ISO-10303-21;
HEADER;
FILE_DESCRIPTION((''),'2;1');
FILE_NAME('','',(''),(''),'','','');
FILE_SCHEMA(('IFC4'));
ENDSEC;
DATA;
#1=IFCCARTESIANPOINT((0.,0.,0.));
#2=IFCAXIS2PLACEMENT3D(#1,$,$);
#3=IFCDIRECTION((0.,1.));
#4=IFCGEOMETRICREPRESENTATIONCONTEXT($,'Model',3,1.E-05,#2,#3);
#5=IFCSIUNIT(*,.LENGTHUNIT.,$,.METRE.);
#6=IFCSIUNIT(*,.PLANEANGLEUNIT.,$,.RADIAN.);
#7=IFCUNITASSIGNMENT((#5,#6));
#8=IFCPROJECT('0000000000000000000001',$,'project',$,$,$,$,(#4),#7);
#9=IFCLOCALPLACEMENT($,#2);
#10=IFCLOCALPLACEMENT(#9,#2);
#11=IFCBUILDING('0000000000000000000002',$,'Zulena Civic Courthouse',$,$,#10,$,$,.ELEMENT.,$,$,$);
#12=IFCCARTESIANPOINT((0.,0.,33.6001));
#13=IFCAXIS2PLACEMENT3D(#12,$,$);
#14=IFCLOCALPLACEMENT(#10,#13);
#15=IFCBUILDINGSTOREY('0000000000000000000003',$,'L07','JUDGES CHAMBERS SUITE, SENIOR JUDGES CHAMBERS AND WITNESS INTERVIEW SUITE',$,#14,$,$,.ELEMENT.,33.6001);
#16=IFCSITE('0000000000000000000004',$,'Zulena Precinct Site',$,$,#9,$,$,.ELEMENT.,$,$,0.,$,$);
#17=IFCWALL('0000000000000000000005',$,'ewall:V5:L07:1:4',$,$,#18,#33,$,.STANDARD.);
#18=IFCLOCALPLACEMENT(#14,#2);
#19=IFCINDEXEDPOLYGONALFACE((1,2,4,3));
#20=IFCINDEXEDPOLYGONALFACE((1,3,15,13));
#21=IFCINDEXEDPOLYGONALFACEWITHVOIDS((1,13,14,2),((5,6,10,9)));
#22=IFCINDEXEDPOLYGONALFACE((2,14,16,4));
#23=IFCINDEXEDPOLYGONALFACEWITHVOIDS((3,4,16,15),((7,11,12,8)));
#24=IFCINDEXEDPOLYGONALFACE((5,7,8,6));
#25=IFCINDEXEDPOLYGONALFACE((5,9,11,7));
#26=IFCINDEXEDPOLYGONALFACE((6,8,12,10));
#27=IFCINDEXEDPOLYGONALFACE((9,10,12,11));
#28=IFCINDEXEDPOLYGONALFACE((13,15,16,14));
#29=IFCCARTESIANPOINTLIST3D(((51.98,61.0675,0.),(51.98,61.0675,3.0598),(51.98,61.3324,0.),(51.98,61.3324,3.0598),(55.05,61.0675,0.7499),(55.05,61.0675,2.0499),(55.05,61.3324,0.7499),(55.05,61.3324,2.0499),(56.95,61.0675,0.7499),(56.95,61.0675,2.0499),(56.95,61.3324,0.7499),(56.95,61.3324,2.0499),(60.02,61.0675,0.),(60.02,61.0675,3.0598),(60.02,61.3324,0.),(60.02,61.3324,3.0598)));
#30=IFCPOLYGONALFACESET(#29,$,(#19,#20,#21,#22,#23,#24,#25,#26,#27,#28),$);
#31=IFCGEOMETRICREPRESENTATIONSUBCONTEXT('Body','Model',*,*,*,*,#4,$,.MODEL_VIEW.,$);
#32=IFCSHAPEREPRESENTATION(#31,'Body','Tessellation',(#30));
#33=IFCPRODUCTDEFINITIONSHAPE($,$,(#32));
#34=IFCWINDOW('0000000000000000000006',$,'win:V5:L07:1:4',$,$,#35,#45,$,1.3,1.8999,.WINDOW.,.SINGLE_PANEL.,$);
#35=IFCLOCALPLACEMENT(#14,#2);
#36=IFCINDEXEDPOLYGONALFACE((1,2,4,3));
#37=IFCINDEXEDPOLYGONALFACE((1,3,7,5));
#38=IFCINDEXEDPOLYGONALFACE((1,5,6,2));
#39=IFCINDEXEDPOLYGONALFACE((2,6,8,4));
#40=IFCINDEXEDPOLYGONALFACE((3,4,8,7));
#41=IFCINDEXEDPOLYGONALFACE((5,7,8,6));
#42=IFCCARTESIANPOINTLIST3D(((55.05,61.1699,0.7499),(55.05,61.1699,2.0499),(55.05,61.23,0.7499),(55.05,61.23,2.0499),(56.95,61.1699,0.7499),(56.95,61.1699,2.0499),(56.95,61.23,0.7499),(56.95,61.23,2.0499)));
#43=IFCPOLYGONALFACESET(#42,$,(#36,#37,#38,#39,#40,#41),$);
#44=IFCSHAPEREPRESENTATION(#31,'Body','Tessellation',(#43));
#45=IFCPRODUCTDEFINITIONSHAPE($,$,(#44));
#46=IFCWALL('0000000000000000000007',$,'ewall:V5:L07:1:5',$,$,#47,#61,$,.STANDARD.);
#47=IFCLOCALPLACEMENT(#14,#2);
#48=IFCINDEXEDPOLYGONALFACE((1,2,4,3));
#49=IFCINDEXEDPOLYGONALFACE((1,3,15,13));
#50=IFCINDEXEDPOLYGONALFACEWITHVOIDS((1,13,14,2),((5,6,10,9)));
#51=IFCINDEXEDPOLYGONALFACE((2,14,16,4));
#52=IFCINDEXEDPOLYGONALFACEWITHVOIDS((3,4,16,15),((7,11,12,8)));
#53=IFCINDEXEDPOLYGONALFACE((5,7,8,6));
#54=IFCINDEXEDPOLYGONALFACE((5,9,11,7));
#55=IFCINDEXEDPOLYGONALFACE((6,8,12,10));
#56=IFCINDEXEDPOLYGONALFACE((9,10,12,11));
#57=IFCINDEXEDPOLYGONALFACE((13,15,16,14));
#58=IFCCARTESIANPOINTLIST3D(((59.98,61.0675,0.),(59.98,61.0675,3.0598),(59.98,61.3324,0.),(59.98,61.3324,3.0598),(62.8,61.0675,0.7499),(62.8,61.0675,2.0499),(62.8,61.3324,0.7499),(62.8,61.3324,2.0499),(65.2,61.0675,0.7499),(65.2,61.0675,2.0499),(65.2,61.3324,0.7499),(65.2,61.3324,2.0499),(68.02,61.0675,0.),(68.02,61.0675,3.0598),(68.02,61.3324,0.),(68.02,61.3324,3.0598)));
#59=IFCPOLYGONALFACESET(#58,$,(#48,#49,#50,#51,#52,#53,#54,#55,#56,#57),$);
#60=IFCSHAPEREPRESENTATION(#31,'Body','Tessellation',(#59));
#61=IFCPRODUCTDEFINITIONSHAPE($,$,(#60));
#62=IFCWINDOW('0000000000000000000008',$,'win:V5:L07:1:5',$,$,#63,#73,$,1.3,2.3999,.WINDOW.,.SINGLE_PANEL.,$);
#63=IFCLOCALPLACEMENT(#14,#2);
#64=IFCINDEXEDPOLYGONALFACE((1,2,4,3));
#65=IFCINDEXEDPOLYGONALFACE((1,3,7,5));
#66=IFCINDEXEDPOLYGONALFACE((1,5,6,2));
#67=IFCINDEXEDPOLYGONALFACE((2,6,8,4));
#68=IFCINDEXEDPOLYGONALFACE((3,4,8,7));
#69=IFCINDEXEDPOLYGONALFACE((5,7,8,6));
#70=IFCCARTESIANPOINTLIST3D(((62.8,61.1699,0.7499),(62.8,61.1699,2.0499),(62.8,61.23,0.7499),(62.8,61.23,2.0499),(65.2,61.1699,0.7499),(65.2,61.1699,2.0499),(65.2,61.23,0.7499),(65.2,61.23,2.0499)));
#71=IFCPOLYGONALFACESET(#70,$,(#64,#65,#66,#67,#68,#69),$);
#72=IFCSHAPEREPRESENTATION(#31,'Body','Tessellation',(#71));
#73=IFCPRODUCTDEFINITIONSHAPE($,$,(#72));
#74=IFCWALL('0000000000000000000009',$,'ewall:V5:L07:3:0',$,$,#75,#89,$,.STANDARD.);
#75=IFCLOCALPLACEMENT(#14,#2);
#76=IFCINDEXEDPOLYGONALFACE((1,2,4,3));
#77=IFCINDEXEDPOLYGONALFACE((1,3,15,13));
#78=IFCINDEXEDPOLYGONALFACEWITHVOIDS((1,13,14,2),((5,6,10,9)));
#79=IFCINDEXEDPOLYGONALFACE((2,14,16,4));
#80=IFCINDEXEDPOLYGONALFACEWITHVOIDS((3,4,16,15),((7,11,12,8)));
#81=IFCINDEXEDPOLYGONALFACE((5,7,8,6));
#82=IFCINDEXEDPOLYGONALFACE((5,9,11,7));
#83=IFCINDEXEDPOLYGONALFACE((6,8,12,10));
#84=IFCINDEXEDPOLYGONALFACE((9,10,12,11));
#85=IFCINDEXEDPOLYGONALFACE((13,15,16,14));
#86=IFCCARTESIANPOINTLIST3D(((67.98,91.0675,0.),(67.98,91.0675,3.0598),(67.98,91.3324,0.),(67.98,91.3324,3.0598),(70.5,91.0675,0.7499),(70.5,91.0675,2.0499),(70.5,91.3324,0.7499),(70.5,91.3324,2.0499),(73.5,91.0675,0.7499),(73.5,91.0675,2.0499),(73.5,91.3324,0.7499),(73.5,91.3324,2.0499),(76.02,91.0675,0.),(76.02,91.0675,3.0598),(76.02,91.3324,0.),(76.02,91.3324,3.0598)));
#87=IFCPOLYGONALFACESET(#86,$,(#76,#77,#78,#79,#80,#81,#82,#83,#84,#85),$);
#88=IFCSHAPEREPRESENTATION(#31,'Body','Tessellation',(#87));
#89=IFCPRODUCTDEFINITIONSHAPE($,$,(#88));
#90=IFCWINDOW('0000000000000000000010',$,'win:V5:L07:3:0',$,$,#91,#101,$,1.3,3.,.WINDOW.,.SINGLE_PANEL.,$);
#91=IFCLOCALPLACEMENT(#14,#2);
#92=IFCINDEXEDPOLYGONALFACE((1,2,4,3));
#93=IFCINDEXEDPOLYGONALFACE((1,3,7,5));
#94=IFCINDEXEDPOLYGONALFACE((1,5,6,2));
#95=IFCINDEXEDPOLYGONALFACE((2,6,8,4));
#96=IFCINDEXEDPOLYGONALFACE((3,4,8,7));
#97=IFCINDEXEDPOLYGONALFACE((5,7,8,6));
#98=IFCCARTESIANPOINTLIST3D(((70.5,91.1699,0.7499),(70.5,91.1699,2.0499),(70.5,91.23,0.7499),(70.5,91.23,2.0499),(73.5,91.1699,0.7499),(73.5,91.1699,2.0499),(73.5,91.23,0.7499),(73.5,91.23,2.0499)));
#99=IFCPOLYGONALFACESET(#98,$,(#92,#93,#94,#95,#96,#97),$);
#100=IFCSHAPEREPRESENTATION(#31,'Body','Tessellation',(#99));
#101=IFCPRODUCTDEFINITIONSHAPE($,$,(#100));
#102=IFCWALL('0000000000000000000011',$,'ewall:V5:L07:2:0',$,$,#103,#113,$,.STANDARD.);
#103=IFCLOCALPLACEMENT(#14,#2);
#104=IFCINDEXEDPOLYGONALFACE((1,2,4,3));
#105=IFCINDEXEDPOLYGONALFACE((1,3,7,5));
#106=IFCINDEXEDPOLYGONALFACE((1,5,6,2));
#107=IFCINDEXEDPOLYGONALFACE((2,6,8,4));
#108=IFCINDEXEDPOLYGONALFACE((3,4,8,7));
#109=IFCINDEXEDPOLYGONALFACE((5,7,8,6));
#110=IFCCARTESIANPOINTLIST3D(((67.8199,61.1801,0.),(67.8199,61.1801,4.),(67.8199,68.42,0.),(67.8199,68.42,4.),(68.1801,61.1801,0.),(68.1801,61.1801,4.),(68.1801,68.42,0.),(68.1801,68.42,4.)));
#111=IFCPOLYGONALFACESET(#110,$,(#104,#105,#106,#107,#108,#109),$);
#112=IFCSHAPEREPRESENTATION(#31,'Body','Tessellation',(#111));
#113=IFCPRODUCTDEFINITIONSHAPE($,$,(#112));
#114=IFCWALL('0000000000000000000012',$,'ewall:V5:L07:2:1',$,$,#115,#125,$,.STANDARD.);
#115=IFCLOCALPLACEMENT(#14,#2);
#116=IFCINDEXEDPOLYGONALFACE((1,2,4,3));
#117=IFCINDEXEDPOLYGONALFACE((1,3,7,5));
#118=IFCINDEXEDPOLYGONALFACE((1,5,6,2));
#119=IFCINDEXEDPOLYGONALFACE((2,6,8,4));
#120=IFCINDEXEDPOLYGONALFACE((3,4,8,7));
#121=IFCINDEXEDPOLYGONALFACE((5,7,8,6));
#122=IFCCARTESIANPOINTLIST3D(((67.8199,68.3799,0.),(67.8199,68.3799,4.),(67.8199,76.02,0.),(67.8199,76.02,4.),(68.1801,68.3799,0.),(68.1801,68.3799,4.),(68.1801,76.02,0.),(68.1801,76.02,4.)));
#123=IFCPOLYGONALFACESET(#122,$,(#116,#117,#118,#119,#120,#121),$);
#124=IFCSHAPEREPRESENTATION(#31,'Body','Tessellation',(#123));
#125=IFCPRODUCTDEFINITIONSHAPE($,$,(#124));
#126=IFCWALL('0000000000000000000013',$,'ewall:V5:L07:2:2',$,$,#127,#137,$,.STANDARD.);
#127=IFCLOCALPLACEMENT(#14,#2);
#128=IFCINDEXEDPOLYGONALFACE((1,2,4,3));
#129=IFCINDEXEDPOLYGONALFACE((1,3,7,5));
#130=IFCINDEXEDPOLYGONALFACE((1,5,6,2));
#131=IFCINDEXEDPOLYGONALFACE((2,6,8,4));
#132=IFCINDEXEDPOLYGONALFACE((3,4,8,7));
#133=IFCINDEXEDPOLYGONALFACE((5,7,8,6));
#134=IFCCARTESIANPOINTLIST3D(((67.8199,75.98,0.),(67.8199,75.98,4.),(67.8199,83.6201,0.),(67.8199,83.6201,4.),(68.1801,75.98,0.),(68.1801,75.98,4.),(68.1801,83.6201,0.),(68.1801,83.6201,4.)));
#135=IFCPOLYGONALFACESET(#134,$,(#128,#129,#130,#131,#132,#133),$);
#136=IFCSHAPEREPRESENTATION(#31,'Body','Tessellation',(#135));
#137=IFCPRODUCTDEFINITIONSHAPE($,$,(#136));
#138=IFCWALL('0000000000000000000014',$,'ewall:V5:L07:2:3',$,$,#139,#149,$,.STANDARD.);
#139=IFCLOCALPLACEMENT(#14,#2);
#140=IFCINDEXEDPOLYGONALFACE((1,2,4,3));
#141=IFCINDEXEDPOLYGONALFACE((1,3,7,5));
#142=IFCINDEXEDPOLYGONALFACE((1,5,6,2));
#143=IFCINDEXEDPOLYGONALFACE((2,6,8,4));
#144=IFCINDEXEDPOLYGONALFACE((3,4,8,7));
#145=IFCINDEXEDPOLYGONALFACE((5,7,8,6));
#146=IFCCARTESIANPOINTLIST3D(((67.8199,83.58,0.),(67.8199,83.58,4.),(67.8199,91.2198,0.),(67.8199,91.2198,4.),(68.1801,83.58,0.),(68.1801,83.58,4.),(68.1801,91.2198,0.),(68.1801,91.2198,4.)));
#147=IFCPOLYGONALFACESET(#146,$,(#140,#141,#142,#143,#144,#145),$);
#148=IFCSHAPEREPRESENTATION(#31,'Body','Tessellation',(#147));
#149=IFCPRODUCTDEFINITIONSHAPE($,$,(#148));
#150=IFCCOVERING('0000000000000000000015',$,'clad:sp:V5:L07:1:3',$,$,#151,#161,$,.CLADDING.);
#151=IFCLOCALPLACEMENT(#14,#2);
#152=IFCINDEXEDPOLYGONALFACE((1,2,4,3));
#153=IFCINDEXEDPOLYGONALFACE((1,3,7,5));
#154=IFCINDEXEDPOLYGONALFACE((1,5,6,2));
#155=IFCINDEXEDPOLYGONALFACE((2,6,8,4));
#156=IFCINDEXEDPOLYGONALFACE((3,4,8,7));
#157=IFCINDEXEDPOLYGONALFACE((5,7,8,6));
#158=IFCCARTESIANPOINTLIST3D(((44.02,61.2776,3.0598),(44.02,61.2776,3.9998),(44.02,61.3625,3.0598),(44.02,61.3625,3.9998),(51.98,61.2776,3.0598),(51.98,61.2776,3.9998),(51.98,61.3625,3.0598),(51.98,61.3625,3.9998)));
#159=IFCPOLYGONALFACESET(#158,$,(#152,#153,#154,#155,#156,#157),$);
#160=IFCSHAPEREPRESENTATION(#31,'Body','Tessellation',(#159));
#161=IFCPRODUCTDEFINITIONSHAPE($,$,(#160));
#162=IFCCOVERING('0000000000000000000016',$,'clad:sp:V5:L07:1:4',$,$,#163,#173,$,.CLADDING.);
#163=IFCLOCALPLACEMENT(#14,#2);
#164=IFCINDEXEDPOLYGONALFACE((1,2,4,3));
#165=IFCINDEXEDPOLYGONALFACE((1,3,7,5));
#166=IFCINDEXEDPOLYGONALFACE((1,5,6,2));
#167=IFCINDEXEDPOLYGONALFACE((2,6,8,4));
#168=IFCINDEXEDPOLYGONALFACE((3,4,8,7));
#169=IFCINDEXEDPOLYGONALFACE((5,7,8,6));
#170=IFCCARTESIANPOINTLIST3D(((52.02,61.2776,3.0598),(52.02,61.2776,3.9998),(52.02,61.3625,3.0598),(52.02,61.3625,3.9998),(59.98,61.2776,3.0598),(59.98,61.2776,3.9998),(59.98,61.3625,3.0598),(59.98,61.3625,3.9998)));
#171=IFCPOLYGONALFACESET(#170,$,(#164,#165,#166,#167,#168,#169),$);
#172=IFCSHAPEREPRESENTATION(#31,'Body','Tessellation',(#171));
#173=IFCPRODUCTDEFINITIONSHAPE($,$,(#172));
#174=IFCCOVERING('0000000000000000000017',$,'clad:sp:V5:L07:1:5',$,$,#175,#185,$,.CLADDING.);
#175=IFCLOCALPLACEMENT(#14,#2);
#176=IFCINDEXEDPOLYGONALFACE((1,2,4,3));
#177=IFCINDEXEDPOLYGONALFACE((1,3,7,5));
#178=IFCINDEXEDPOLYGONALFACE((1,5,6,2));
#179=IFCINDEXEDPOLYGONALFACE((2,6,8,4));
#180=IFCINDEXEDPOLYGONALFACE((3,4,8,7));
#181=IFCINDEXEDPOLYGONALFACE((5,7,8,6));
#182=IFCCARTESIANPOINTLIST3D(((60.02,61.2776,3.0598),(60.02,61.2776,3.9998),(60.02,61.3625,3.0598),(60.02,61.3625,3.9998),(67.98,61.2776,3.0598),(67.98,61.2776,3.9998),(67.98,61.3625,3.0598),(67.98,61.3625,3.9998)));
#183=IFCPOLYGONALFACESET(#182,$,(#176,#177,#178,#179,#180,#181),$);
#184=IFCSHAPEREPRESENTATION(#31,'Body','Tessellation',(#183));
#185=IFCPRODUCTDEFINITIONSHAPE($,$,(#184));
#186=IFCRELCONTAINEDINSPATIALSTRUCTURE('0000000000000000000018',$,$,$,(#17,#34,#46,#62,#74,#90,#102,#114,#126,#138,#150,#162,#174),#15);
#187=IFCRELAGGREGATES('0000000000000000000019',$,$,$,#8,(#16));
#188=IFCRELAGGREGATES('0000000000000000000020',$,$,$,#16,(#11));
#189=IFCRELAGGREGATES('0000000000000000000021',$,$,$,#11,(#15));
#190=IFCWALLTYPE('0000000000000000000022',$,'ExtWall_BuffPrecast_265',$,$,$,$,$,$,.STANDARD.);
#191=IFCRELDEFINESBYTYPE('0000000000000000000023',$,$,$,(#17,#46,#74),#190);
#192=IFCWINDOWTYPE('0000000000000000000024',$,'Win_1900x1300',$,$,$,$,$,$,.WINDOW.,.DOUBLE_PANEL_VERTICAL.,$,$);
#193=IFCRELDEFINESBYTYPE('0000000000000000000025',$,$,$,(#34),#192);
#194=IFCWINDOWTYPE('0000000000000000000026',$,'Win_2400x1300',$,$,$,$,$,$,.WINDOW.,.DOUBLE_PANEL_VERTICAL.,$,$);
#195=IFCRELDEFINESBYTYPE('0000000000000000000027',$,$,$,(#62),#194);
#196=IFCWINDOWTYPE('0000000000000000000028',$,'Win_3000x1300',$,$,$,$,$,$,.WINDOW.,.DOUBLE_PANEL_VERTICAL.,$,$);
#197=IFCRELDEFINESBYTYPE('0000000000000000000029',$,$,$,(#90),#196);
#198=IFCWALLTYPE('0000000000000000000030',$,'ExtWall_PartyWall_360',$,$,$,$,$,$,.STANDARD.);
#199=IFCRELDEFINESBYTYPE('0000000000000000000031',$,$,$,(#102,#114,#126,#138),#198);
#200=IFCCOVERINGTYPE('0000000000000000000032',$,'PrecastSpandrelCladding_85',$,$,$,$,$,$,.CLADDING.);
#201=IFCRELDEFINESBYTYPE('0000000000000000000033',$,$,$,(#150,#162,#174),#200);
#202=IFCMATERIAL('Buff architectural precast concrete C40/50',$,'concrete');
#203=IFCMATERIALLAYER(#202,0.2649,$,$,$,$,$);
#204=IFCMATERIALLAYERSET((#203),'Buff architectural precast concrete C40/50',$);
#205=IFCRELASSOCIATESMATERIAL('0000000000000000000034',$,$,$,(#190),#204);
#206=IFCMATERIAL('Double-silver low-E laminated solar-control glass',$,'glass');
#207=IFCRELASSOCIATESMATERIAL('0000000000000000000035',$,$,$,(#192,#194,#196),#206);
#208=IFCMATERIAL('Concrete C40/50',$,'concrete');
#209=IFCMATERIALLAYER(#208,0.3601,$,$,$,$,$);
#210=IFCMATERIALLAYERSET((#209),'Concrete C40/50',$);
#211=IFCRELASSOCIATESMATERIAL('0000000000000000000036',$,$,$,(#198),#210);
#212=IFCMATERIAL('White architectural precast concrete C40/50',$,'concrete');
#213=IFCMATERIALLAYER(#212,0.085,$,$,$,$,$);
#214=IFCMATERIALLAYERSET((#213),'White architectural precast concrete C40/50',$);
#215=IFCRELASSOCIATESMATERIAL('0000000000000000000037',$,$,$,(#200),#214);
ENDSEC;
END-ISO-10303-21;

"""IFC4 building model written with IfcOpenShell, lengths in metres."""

from ifc_helpers import new_model, si_unit, direction, frame, frame_2d, origin, origin_2d, place, context, subcontext, project, spatial, rectangle, extrude, material, layer, layer_set, type_object, element, fill, save


model = new_model("IFC4")

# Units and contexts
model_context = context("Model", 3, precision=1e-05, world=origin(), true_north=direction((0.0, 1.0)))
body_context = subcontext(model_context, "Body", "Model", "MODEL_VIEW")
ifc_project = project(units=[si_unit("LENGTHUNIT", "METRE"), si_unit("PLANEANGLEUNIT", "RADIAN")], contexts=[model_context])

# Site, building, storey
site_placement = place(None, origin())
site = spatial("IfcSite", under=ifc_project, at=site_placement, Name="Zulena Precinct Site", CompositionType="ELEMENT", RefElevation=0.0)
building_placement = place(site_placement, origin())
building = spatial("IfcBuilding", under=site, at=building_placement, Name="Zulena Civic Courthouse", CompositionType="ELEMENT")
storey_placement = place(building_placement, frame((0.0, 0.0, 33.6001)))
storey = spatial("IfcBuildingStorey", under=building, at=storey_placement, Name="L07", Description="JUDGES CHAMBERS SUITE, SENIOR JUDGES CHAMBERS AND WITNESS INTERVIEW SUITE", CompositionType="ELEMENT", Elevation=33.6001)

# Walls, openings, windows
ifc_material_1 = material(Name="Buff architectural precast concrete C40/50", Category="concrete")
ifc_layer_1 = layer(ifc_material_1, 0.2649)
ifc_layer_set_1 = layer_set([ifc_layer_1], Name="Buff architectural precast concrete C40/50")
wall_type_1 = type_object("IfcWallType", Name="ExtWall_BuffPrecast_265", PredefinedType="STANDARD", material=ifc_layer_set_1)
ifc_material_2 = material(Name="Double-silver low-E laminated solar-control glass", Category="glass")
wall_1_placement = place(storey_placement, frame((51.98, 61.2, 0.0), z_axis=(0.0, 0.0, 1.0), x_axis=(1.0, 0.0, 0.0)))
wall_1 = element("IfcWall", 1, at=wall_1_placement, inside=storey, type_object=wall_type_1, Name="ewall:V5:L07:1:4", PredefinedType="STANDARD", context=body_context, shape_type="SweptSolid", body=[
    extrude(rectangle(XDim=8.04, YDim=0.2649, at=frame_2d((4.02, 0.0))), origin(), (0.0, 0.0, 1.0), 3.0598),
])
opening_1_placement = place(wall_1_placement, frame((3.0701, 0.0, 0.75)))
opening_1 = element("IfcOpeningElement", 2, at=opening_1_placement, cuts=wall_1, PredefinedType="OPENING", context=body_context, shape_type="SweptSolid", body=[
    extrude(rectangle(XDim=1.8999, YDim=1.3, at=frame_2d((0.95, 0.6499))), frame((0.0, 0.1423, 0.0), z_axis=(0.0, -1.0, 0.0), x_axis=(1.0, 0.0, 0.0)), (0.0, 0.0, 1.0), 0.2849),
])
window_type_1 = type_object("IfcWindowType", Name="Win_1900x1300", PartitioningType="DOUBLE_PANEL_VERTICAL", PredefinedType="WINDOW", material=ifc_material_2)
window_1_placement = place(opening_1_placement, origin())
window_1 = element("IfcWindow", 3, at=window_1_placement, inside=storey, type_object=window_type_1, Name="win:V5:L07:1:4", OverallHeight=1.3, OverallWidth=1.8999, PartitioningType="SINGLE_PANEL", PredefinedType="WINDOW", context=body_context, shape_type="SweptSolid", body=[
    extrude(rectangle(XDim=1.8999, YDim=1.3, at=frame_2d((0.95, 0.6499))), frame((0.0, 0.03, 0.0), z_axis=(0.0, -1.0, 0.0), x_axis=(1.0, 0.0, 0.0)), (0.0, 0.0, 1.0), 0.0601),
])
fill(opening_1, window_1)
wall_2_placement = place(storey_placement, frame((59.98, 61.2, 0.0), z_axis=(0.0, 0.0, 1.0), x_axis=(1.0, 0.0, 0.0)))
wall_2 = element("IfcWall", 4, at=wall_2_placement, inside=storey, type_object=wall_type_1, Name="ewall:V5:L07:1:5", PredefinedType="STANDARD", context=body_context, shape_type="SweptSolid", body=[
    extrude(rectangle(XDim=8.04, YDim=0.2649, at=frame_2d((4.02, 0.0))), origin(), (0.0, 0.0, 1.0), 3.0598),
])
opening_2_placement = place(wall_2_placement, frame((2.8201, 0.0, 0.75)))
opening_2 = element("IfcOpeningElement", 5, at=opening_2_placement, cuts=wall_2, PredefinedType="OPENING", context=body_context, shape_type="SweptSolid", body=[
    extrude(rectangle(XDim=2.3999, YDim=1.3, at=frame_2d((1.2, 0.6499))), frame((0.0, 0.1423, 0.0), z_axis=(0.0, -1.0, 0.0), x_axis=(1.0, 0.0, 0.0)), (0.0, 0.0, 1.0), 0.2849),
])
window_type_2 = type_object("IfcWindowType", Name="Win_2400x1300", PartitioningType="DOUBLE_PANEL_VERTICAL", PredefinedType="WINDOW", material=ifc_material_2)
window_2_placement = place(opening_2_placement, origin())
window_2 = element("IfcWindow", 6, at=window_2_placement, inside=storey, type_object=window_type_2, Name="win:V5:L07:1:5", OverallHeight=1.3, OverallWidth=2.3999, PartitioningType="SINGLE_PANEL", PredefinedType="WINDOW", context=body_context, shape_type="SweptSolid", body=[
    extrude(rectangle(XDim=2.3999, YDim=1.3, at=frame_2d((1.2, 0.6499))), frame((0.0, 0.03, 0.0), z_axis=(0.0, -1.0, 0.0), x_axis=(1.0, 0.0, 0.0)), (0.0, 0.0, 1.0), 0.0601),
])
fill(opening_2, window_2)
wall_3_placement = place(storey_placement, frame((67.98, 91.2, 0.0), z_axis=(0.0, 0.0, 1.0), x_axis=(1.0, 0.0, 0.0)))
wall_3 = element("IfcWall", 7, at=wall_3_placement, inside=storey, type_object=wall_type_1, Name="ewall:V5:L07:3:0", PredefinedType="STANDARD", context=body_context, shape_type="SweptSolid", body=[
    extrude(rectangle(XDim=8.04, YDim=0.2649, at=frame_2d((4.02, 0.0))), origin(), (0.0, 0.0, 1.0), 3.0598),
])
opening_3_placement = place(wall_3_placement, frame((2.52, 0.0, 0.75)))
opening_3 = element("IfcOpeningElement", 8, at=opening_3_placement, cuts=wall_3, PredefinedType="OPENING", context=body_context, shape_type="SweptSolid", body=[
    extrude(rectangle(XDim=3.0, YDim=1.3, at=frame_2d((1.5, 0.6499))), frame((0.0, 0.1423, 0.0), z_axis=(0.0, -1.0, 0.0), x_axis=(1.0, 0.0, 0.0)), (0.0, 0.0, 1.0), 0.2849),
])
window_type_3 = type_object("IfcWindowType", Name="Win_3000x1300", PartitioningType="DOUBLE_PANEL_VERTICAL", PredefinedType="WINDOW", material=ifc_material_2)
window_3_placement = place(opening_3_placement, origin())
window_3 = element("IfcWindow", 9, at=window_3_placement, inside=storey, type_object=window_type_3, Name="win:V5:L07:3:0", OverallHeight=1.3, OverallWidth=3.0, PartitioningType="SINGLE_PANEL", PredefinedType="WINDOW", context=body_context, shape_type="SweptSolid", body=[
    extrude(rectangle(XDim=3.0, YDim=1.3, at=frame_2d((1.5, 0.6499))), frame((0.0, 0.03, 0.0), z_axis=(0.0, -1.0, 0.0), x_axis=(1.0, 0.0, 0.0)), (0.0, 0.0, 1.0), 0.0601),
])
fill(opening_3, window_3)

# Walls
ifc_material_3 = material(Name="Concrete C40/50", Category="concrete")
ifc_layer_2 = layer(ifc_material_3, 0.3601)
ifc_layer_set_2 = layer_set([ifc_layer_2], Name="Concrete C40/50")
wall_type_2 = type_object("IfcWallType", Name="ExtWall_PartyWall_360", PredefinedType="STANDARD", material=ifc_layer_set_2)
wall_4_placement = place(storey_placement, frame((68.0, 61.1799, 0.0), z_axis=(0.0, 0.0, 1.0), x_axis=(0.0, 1.0, 0.0)))
element("IfcWall", 10, at=wall_4_placement, inside=storey, type_object=wall_type_2, Name="ewall:V5:L07:2:0", PredefinedType="STANDARD", context=body_context, shape_type="SweptSolid", body=[
    extrude(rectangle(XDim=7.24, YDim=0.3601, at=frame_2d((3.6201, 0.0))), origin(), (0.0, 0.0, 1.0), 4.0),
])
for number, where, z_axis, x_axis, name in (
    (11, (68.0, 68.3799, 0.0), (0.0, 0.0, 1.0), (0.0, 1.0, 0.0), "ewall:V5:L07:2:1"),
    (12, (68.0, 75.98, 0.0), (0.0, 0.0, 1.0), (0.0, 1.0, 0.0), "ewall:V5:L07:2:2"),
):
    element("IfcWall", number, at=place(storey_placement, frame(where, z_axis=z_axis, x_axis=x_axis)), inside=storey, type_object=wall_type_2, Name=name, PredefinedType="STANDARD", context=body_context, shape_type="SweptSolid", body=[
        extrude(rectangle(XDim=7.6401, YDim=0.3601, at=frame_2d((3.8201, 0.0))), origin(), (0.0, 0.0, 1.0), 4.0),
    ])
wall_5_placement = place(storey_placement, frame((68.0, 83.5801, 0.0), z_axis=(0.0, 0.0, 1.0), x_axis=(0.0, 1.0, 0.0)))
element("IfcWall", 13, at=wall_5_placement, inside=storey, type_object=wall_type_2, Name="ewall:V5:L07:2:3", PredefinedType="STANDARD", context=body_context, shape_type="SweptSolid", body=[
    extrude(rectangle(XDim=7.6399, YDim=0.3601, at=frame_2d((3.8198, 0.0))), origin(), (0.0, 0.0, 1.0), 4.0),
])

# Coverings
ifc_material_4 = material(Name="White architectural precast concrete C40/50", Category="concrete")
ifc_layer_3 = layer(ifc_material_4, 0.085)
ifc_layer_set_3 = layer_set([ifc_layer_3], Name="White architectural precast concrete C40/50")
covering_type = type_object("IfcCoveringType", Name="PrecastSpandrelCladding_85", PredefinedType="CLADDING", material=ifc_layer_set_3)
for number, where, z_axis, x_axis, name in (
    (14, (48.0, 61.3201, 3.0598), (0.0, 0.0, 1.0), (1.0, 0.0, 0.0), "clad:sp:V5:L07:1:3"),
    (15, (56.0, 61.3201, 3.0598), (0.0, 0.0, 1.0), (1.0, 0.0, 0.0), "clad:sp:V5:L07:1:4"),
    (16, (64.0, 61.3201, 3.0598), (0.0, 0.0, 1.0), (1.0, 0.0, 0.0), "clad:sp:V5:L07:1:5"),
):
    element("IfcCovering", number, at=place(storey_placement, frame(where, z_axis=z_axis, x_axis=x_axis)), inside=storey, type_object=covering_type, Name=name, PredefinedType="CLADDING", context=body_context, shape_type="SweptSolid", body=[
        extrude(rectangle(XDim=7.96, YDim=0.085, at=origin_2d()), origin(), (0.0, 0.0, 1.0), 0.9399),
    ])

save(model, "model.ifc")
